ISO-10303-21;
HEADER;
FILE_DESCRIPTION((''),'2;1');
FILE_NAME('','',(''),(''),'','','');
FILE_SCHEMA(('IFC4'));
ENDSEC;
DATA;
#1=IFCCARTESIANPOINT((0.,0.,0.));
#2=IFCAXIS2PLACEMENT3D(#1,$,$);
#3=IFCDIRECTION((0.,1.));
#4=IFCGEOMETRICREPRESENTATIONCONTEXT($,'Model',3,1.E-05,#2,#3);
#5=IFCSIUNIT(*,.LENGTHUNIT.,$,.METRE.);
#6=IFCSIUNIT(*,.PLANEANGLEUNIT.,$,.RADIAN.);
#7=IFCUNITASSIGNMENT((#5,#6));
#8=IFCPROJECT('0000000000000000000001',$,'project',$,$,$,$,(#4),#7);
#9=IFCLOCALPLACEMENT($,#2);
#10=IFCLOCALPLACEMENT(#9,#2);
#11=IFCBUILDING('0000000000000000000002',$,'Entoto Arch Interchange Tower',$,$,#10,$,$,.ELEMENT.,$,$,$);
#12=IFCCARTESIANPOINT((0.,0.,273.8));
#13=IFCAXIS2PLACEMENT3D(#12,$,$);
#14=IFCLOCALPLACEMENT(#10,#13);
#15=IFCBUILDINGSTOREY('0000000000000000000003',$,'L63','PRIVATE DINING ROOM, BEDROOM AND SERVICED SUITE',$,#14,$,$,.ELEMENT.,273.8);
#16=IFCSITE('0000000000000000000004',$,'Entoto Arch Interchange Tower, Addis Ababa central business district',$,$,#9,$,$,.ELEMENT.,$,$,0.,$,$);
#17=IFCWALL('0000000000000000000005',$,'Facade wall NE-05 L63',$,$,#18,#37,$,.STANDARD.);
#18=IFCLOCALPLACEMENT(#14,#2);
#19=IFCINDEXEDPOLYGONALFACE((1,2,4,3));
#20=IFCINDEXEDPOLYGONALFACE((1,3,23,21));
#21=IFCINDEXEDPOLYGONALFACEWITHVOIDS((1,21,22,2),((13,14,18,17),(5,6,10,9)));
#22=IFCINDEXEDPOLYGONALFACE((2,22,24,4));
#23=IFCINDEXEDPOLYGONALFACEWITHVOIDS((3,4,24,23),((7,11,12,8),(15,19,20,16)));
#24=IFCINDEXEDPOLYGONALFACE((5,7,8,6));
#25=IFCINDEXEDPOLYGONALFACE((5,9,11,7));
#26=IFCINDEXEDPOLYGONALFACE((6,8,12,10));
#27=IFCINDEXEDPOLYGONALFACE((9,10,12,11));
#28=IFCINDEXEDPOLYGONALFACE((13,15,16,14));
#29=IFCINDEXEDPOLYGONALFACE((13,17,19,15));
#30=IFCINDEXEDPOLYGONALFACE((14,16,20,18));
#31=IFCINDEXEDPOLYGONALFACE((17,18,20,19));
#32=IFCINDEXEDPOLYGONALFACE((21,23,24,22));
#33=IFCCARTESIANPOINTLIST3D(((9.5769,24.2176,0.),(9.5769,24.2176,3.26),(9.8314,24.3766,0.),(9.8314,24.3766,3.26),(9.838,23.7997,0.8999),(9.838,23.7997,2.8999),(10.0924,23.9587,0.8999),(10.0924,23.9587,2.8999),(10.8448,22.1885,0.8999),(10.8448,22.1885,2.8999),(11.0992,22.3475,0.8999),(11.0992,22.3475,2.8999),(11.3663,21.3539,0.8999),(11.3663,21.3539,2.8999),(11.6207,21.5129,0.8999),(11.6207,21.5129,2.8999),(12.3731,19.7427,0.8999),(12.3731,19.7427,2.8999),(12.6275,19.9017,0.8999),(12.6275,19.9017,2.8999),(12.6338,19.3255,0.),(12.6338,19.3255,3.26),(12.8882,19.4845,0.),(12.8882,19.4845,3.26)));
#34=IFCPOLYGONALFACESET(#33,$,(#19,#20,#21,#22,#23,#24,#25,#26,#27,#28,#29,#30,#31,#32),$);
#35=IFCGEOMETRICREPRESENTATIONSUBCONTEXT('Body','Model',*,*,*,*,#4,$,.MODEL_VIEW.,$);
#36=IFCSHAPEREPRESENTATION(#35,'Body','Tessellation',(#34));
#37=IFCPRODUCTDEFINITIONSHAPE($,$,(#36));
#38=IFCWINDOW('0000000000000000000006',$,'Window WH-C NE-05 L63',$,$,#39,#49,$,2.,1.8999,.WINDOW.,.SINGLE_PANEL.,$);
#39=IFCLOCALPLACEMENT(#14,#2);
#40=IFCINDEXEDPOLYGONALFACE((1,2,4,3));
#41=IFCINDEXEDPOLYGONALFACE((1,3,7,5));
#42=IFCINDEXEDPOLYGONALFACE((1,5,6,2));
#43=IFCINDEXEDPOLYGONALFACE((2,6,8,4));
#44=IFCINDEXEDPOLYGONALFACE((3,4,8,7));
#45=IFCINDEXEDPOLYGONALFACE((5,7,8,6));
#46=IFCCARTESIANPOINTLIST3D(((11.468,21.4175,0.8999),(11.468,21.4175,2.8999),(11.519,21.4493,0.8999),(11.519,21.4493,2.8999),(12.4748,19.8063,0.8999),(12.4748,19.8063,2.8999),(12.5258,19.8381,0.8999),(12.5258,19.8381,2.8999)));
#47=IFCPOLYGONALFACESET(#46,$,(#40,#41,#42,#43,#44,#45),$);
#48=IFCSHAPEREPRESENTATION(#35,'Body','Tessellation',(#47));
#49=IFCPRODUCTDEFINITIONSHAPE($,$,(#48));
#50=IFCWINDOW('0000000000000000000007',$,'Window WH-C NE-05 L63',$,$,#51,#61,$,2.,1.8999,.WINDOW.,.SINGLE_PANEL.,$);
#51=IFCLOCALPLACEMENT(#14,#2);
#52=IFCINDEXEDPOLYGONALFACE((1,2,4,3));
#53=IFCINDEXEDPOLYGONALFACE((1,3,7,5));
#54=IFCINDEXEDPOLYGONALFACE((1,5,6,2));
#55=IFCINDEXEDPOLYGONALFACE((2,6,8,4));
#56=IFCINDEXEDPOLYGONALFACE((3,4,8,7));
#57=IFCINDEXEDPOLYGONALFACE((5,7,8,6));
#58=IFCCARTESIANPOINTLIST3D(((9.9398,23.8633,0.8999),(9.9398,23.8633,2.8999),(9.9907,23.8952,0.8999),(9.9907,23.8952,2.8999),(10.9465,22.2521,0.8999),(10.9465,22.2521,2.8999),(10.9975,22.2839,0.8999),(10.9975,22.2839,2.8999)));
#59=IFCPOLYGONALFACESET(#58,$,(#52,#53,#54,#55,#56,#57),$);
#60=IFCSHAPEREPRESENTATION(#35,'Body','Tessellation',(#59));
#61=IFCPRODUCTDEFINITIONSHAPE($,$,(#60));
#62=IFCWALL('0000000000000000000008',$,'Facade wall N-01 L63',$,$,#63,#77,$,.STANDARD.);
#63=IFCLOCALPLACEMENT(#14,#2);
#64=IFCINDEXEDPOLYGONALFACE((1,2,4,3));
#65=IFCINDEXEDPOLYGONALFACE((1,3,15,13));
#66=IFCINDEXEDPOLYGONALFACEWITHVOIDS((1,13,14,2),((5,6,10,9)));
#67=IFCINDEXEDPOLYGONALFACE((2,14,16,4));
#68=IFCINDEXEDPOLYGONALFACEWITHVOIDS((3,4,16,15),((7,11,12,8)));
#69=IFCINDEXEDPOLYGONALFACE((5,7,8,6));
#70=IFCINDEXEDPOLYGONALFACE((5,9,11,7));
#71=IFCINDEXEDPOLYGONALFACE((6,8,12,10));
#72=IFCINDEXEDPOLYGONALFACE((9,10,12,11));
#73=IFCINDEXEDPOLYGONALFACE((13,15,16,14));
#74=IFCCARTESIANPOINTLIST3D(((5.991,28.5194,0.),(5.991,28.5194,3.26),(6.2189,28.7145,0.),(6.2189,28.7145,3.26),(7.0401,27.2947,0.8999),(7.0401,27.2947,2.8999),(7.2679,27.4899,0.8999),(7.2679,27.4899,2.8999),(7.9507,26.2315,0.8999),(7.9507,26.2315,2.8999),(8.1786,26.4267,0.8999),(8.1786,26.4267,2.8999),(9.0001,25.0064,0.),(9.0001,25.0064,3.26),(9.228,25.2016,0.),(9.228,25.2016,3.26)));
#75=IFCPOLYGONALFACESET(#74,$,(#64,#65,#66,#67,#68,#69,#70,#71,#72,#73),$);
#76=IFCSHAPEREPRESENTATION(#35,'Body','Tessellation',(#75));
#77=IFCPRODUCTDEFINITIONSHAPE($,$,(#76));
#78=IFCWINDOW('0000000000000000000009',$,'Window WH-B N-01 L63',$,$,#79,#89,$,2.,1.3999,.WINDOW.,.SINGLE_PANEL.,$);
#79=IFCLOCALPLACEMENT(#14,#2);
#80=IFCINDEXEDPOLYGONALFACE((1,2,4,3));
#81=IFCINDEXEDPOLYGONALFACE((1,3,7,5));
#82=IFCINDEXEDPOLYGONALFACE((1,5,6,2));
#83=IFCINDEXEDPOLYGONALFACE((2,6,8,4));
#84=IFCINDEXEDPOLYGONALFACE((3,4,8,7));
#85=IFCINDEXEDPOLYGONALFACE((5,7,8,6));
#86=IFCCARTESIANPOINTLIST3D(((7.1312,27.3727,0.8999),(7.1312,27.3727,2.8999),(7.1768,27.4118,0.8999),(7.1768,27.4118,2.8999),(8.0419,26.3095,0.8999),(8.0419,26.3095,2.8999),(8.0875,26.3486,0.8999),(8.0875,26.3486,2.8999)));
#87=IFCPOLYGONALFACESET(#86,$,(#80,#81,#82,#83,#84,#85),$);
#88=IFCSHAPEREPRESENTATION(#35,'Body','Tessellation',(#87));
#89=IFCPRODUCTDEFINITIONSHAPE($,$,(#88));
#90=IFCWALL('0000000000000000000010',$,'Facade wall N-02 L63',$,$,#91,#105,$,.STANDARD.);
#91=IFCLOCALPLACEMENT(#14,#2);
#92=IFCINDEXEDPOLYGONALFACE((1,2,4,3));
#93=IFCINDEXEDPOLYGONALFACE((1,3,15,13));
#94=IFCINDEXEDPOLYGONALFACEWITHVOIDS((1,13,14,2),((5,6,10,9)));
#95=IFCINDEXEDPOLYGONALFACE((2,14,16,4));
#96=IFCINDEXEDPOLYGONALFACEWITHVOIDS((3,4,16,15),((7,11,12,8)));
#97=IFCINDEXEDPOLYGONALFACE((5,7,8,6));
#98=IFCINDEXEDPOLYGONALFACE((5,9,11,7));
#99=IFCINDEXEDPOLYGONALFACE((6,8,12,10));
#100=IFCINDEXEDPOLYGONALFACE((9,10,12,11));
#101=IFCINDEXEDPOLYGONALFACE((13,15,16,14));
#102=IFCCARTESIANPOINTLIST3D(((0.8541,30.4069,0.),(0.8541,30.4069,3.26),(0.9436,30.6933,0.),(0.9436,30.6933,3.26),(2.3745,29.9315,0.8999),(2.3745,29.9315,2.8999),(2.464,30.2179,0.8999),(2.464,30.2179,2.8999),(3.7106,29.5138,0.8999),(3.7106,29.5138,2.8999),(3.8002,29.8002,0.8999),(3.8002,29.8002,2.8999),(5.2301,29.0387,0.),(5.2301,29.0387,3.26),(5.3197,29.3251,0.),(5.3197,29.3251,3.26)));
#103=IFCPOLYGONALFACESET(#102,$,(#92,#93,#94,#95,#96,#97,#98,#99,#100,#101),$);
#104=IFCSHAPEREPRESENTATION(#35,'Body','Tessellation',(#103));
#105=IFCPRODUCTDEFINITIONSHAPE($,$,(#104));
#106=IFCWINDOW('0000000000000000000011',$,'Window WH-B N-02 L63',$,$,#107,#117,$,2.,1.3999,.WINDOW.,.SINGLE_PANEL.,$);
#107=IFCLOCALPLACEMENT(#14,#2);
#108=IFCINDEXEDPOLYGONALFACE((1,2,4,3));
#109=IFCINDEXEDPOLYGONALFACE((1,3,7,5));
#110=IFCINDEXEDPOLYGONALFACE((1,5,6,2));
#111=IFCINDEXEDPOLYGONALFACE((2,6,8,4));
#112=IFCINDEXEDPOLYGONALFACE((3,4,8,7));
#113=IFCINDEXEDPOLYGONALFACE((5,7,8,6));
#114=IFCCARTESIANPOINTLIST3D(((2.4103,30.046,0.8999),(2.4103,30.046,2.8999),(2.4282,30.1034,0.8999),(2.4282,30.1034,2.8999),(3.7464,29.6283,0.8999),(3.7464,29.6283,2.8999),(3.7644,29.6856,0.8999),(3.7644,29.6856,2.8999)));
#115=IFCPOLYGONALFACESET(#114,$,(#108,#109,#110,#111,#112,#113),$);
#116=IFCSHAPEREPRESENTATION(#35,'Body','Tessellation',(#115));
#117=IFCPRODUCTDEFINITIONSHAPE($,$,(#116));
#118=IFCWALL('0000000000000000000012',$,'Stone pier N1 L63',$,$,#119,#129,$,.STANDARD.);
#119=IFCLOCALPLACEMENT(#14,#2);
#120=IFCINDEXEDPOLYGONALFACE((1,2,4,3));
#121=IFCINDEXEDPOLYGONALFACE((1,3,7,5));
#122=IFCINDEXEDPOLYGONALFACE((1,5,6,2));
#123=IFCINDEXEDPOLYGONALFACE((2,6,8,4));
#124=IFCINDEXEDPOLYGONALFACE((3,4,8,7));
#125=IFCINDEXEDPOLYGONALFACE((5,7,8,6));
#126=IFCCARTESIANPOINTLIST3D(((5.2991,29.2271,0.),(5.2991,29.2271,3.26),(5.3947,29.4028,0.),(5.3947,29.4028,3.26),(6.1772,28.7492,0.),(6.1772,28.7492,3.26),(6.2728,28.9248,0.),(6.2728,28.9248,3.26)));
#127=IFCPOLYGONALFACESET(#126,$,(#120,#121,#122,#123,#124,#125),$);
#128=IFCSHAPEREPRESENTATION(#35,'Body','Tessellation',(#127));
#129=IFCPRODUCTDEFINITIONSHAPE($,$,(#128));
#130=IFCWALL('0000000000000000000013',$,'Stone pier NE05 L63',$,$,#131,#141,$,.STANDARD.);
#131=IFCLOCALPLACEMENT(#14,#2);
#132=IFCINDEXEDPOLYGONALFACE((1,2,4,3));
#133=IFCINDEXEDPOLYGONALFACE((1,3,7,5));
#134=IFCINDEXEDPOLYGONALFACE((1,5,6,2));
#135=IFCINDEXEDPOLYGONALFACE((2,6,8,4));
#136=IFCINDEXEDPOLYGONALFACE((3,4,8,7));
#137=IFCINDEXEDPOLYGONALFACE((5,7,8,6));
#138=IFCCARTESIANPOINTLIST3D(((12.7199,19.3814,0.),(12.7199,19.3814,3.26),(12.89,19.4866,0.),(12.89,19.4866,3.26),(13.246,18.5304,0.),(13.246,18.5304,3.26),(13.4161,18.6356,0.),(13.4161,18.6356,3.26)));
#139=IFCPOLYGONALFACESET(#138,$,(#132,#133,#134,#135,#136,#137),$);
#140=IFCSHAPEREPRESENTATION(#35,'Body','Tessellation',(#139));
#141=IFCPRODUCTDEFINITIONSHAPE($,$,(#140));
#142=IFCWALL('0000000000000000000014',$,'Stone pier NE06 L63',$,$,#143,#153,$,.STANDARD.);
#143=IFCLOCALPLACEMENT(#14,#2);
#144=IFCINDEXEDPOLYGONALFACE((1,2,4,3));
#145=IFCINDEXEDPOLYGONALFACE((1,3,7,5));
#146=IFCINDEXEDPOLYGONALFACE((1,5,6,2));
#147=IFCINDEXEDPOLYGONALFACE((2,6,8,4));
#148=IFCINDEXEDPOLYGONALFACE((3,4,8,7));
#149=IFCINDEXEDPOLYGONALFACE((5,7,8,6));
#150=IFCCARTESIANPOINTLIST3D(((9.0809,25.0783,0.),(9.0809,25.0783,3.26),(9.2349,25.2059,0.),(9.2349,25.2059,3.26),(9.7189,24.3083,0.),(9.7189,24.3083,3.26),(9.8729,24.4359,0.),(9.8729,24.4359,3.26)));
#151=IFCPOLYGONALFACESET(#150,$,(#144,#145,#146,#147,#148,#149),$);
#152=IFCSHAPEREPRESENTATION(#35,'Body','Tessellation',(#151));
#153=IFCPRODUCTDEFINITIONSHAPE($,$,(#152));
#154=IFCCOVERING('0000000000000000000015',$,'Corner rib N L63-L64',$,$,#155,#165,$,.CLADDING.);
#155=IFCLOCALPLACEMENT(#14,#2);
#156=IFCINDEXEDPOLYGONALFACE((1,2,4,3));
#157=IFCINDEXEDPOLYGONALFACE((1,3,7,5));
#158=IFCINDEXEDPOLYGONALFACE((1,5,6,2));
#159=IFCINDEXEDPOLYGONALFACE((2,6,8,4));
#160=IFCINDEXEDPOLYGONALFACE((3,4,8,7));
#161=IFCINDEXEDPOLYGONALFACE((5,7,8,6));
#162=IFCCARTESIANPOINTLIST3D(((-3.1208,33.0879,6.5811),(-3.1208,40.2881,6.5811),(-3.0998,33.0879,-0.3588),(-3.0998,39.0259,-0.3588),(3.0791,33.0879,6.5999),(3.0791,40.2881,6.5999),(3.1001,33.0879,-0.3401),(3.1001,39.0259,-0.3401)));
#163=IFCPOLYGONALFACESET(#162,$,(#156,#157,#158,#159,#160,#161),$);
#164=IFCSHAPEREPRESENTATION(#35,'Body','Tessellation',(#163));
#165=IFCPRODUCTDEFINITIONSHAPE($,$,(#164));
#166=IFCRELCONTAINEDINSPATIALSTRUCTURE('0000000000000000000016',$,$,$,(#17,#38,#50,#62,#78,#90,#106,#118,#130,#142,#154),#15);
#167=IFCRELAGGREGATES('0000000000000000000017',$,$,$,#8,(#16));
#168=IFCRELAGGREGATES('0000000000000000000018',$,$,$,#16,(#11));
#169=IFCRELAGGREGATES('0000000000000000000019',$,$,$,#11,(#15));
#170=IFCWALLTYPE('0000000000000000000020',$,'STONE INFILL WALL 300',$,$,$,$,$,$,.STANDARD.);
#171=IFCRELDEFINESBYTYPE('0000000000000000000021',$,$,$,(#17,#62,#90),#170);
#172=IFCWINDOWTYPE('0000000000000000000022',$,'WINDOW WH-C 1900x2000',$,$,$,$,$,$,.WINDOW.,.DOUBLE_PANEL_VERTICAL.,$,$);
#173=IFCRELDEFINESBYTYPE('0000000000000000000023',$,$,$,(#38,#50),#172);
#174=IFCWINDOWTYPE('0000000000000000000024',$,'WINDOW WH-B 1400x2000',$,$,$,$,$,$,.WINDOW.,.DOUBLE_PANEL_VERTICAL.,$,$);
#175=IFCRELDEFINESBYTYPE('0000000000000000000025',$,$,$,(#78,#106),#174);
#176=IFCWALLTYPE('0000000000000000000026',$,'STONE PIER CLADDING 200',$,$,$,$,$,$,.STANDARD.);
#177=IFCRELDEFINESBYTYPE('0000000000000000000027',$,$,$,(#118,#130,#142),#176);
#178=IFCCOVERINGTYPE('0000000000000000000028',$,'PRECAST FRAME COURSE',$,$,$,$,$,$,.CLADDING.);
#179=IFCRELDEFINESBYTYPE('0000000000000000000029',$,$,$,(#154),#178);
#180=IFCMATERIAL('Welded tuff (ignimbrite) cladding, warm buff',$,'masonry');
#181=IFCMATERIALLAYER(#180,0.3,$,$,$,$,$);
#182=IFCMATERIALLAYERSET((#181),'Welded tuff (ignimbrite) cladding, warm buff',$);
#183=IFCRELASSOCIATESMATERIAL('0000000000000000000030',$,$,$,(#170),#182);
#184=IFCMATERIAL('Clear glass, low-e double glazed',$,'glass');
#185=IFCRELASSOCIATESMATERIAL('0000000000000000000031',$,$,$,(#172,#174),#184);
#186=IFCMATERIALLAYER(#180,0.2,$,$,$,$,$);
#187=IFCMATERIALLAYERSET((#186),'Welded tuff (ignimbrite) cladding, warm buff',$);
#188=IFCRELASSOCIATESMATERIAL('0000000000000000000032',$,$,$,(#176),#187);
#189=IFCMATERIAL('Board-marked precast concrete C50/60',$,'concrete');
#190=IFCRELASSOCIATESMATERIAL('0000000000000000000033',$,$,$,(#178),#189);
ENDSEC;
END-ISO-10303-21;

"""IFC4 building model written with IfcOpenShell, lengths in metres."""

from ifc_helpers import new_model, si_unit, direction, frame, frame_2d, origin, place, context, subcontext, project, spatial, polyline, rectangle, outline, extrude, material, layer, layer_set, type_object, element, fill, save


model = new_model("IFC4")

# Units and contexts
model_context = context("Model", 3, precision=1e-05, world=origin(), true_north=direction((0.0, 1.0)))
body_context = subcontext(model_context, "Body", "Model", "MODEL_VIEW")
ifc_project = project(units=[si_unit("LENGTHUNIT", "METRE"), si_unit("PLANEANGLEUNIT", "RADIAN")], contexts=[model_context])

# Site, building, storey
site_placement = place(None, origin())
site = spatial("IfcSite", under=ifc_project, at=site_placement, Name="Entoto Arch Interchange Tower, Addis Ababa central business district", CompositionType="ELEMENT", RefElevation=0.0)
building_placement = place(site_placement, origin())
building = spatial("IfcBuilding", under=site, at=building_placement, Name="Entoto Arch Interchange Tower", CompositionType="ELEMENT")
storey_placement = place(building_placement, frame((0.0, 0.0, 273.8)))
storey = spatial("IfcBuildingStorey", under=building, at=storey_placement, Name="L63", Description="PRIVATE DINING ROOM, BEDROOM AND SERVICED SUITE", CompositionType="ELEMENT", Elevation=273.8)

# Shared definitions
ifc_material_1 = material(Name="Board-marked precast concrete C50/60", Category="concrete")

# Wall, openings, windows
ifc_material_2 = material(Name="Welded tuff (ignimbrite) cladding, warm buff", Category="masonry")
ifc_layer_1 = layer(ifc_material_2, 0.3)
ifc_layer_set_1 = layer_set([ifc_layer_1], Name="Welded tuff (ignimbrite) cladding, warm buff")
wall_type_1 = type_object("IfcWallType", Name="STONE INFILL WALL 300", PredefinedType="STANDARD", material=ifc_layer_set_1)
wall_1_placement = place(storey_placement, frame((12.761, 19.405, 0.0), z_axis=(0.0, 0.0, 1.0), x_axis=(-0.529915, 0.848051, 0.0)))
wall_1 = element("IfcWall", 1, at=wall_1_placement, inside=storey, type_object=wall_type_1, Name="Facade wall NE-05 L63", PredefinedType="STANDARD", context=body_context, shape_type="SweptSolid", body=[
    extrude(rectangle(XDim=5.7686, YDim=0.3, at=frame_2d((2.8843, 0.0))), origin(), (0.0, 0.0, 1.0), 3.26),
])
opening_1_placement = place(wall_1_placement, frame((0.4919, 0.0, 0.8999)))
opening_1 = element("IfcOpeningElement", 2, at=opening_1_placement, cuts=wall_1, PredefinedType="OPENING", context=body_context, shape_type="SweptSolid", body=[
    extrude(rectangle(XDim=1.8999, YDim=2.0, at=frame_2d((0.95, 1.0))), frame((0.0, 0.1602, 0.0), z_axis=(0.0, -1.0, 0.0), x_axis=(1.0, 0.0, 0.0)), (0.0, 0.0, 1.0), 0.3201),
])
opening_2_placement = place(wall_1_placement, frame((3.376, 0.0, 0.8999)))
opening_2 = element("IfcOpeningElement", 3, at=opening_2_placement, cuts=wall_1, PredefinedType="OPENING", context=body_context, shape_type="SweptSolid", body=[
    extrude(rectangle(XDim=1.8999, YDim=2.0, at=frame_2d((0.95, 1.0))), frame((0.0, 0.1602, 0.0), z_axis=(0.0, -1.0, 0.0), x_axis=(1.0, 0.0, 0.0)), (0.0, 0.0, 1.0), 0.3201),
])
ifc_material_3 = material(Name="Clear glass, low-e double glazed", Category="glass")
window_type_1 = type_object("IfcWindowType", Name="WINDOW WH-C 1900x2000", PartitioningType="DOUBLE_PANEL_VERTICAL", PredefinedType="WINDOW", material=ifc_material_3)
window_1_placement = place(opening_1_placement, origin())
window_1 = element("IfcWindow", 4, at=window_1_placement, inside=storey, type_object=window_type_1, Name="Window WH-C NE-05 L63", OverallHeight=2.0, OverallWidth=1.8999, PartitioningType="SINGLE_PANEL", PredefinedType="WINDOW", context=body_context, shape_type="SweptSolid", body=[
    extrude(rectangle(XDim=1.8999, YDim=2.0, at=frame_2d((0.95, 1.0))), frame((0.0, 0.03, 0.0), z_axis=(0.0, -1.0, 0.0), x_axis=(1.0, 0.0, 0.0)), (0.0, 0.0, 1.0), 0.0601),
])
fill(opening_1, window_1)
window_2_placement = place(opening_2_placement, origin())
window_2 = element("IfcWindow", 5, at=window_2_placement, inside=storey, type_object=window_type_1, Name="Window WH-C NE-05 L63", OverallHeight=2.0, OverallWidth=1.8999, PartitioningType="SINGLE_PANEL", PredefinedType="WINDOW", context=body_context, shape_type="SweptSolid", body=[
    extrude(rectangle(XDim=1.8999, YDim=2.0, at=frame_2d((0.95, 1.0))), frame((0.0, 0.03, 0.0), z_axis=(0.0, -1.0, 0.0), x_axis=(1.0, 0.0, 0.0)), (0.0, 0.0, 1.0), 0.0601),
])
fill(opening_2, window_2)

# Walls, openings, windows
wall_2_placement = place(storey_placement, frame((9.114, 25.104, 0.0), z_axis=(0.0, 0.0, 1.0), x_axis=(-0.650535, 0.759476, 0.0)))
wall_2 = element("IfcWall", 6, at=wall_2_placement, inside=storey, type_object=wall_type_1, Name="Facade wall N-01 L63", PredefinedType="STANDARD", context=body_context, shape_type="SweptSolid", body=[
    extrude(rectangle(XDim=4.6255, YDim=0.3, at=frame_2d((2.3127, 0.0))), origin(), (0.0, 0.0, 1.0), 3.26),
])
opening_3_placement = place(wall_2_placement, frame((1.613, 0.0, 0.8999)))
opening_3 = element("IfcOpeningElement", 7, at=opening_3_placement, cuts=wall_2, PredefinedType="OPENING", context=body_context, shape_type="SweptSolid", body=[
    extrude(rectangle(XDim=1.3999, YDim=2.0, at=frame_2d((0.7, 1.0))), frame((0.0, 0.1602, 0.0), z_axis=(0.0, -1.0, 0.0), x_axis=(1.0, 0.0, 0.0)), (0.0, 0.0, 1.0), 0.3201),
])
window_type_2 = type_object("IfcWindowType", Name="WINDOW WH-B 1400x2000", PartitioningType="DOUBLE_PANEL_VERTICAL", PredefinedType="WINDOW", material=ifc_material_3)
window_3_placement = place(opening_3_placement, origin())
window_3 = element("IfcWindow", 8, at=window_3_placement, inside=storey, type_object=window_type_2, Name="Window WH-B N-01 L63", OverallHeight=2.0, OverallWidth=1.3999, PartitioningType="SINGLE_PANEL", PredefinedType="WINDOW", context=body_context, shape_type="SweptSolid", body=[
    extrude(rectangle(XDim=1.3999, YDim=2.0, at=frame_2d((0.7, 1.0))), frame((0.0, 0.03, 0.0), z_axis=(0.0, -1.0, 0.0), x_axis=(1.0, 0.0, 0.0)), (0.0, 0.0, 1.0), 0.0601),
])
fill(opening_3, window_3)
wall_3_placement = place(storey_placement, frame((5.2749, 29.1819, 0.0), z_axis=(0.0, 0.0, 1.0), x_axis=(-0.954438, 0.298408, 0.0)))
wall_3 = element("IfcWall", 9, at=wall_3_placement, inside=storey, type_object=wall_type_1, Name="Facade wall N-02 L63", PredefinedType="STANDARD", context=body_context, shape_type="SweptSolid", body=[
    extrude(rectangle(XDim=4.585, YDim=0.3, at=frame_2d((2.2925, 0.0))), origin(), (0.0, 0.0, 1.0), 3.26),
])
opening_4_placement = place(wall_3_placement, frame((1.592, 0.0, 0.8999)))
opening_4 = element("IfcOpeningElement", 10, at=opening_4_placement, cuts=wall_3, PredefinedType="OPENING", context=body_context, shape_type="SweptSolid", body=[
    extrude(rectangle(XDim=1.3999, YDim=2.0, at=frame_2d((0.7, 1.0))), frame((0.0, 0.1602, 0.0), z_axis=(0.0, -1.0, 0.0), x_axis=(1.0, 0.0, 0.0)), (0.0, 0.0, 1.0), 0.3201),
])
window_4_placement = place(opening_4_placement, origin())
window_4 = element("IfcWindow", 11, at=window_4_placement, inside=storey, type_object=window_type_2, Name="Window WH-B N-02 L63", OverallHeight=2.0, OverallWidth=1.3999, PartitioningType="SINGLE_PANEL", PredefinedType="WINDOW", context=body_context, shape_type="SweptSolid", body=[
    extrude(rectangle(XDim=1.3999, YDim=2.0, at=frame_2d((0.7, 1.0))), frame((0.0, 0.03, 0.0), z_axis=(0.0, -1.0, 0.0), x_axis=(1.0, 0.0, 0.0)), (0.0, 0.0, 1.0), 0.0601),
])
fill(opening_4, window_4)

# Walls
ifc_layer_2 = layer(ifc_material_2, 0.2)
ifc_layer_set_2 = layer_set([ifc_layer_2], Name="Welded tuff (ignimbrite) cladding, warm buff")
wall_type_2 = type_object("IfcWallType", Name="STONE PIER CLADDING 200", PredefinedType="STANDARD", material=ifc_layer_set_2)
wall_4_placement = place(storey_placement, frame((6.2251, 28.8369, 0.0), z_axis=(0.0, 0.0, 1.0), x_axis=(-0.878306, 0.478099, 0.0)))
element("IfcWall", 12, at=wall_4_placement, inside=storey, type_object=wall_type_2, Name="Stone pier N1 L63", PredefinedType="STANDARD", context=body_context, shape_type="SweptSolid", body=[
    extrude(rectangle(XDim=0.9998, YDim=0.2, at=frame_2d((0.5, 0.0))), origin(), (0.0, 0.0, 1.0), 3.26),
])
wall_5_placement = place(storey_placement, frame((13.3311, 18.583, 0.0), z_axis=(0.0, 0.0, 1.0), x_axis=(-0.525825, 0.850593, 0.0)))
element("IfcWall", 13, at=wall_5_placement, inside=storey, type_object=wall_type_2, Name="Stone pier NE05 L63", PredefinedType="STANDARD", context=body_context, shape_type="SweptSolid", body=[
    extrude(rectangle(XDim=1.0005, YDim=0.2, at=frame_2d((0.5002, 0.0))), origin(), (0.0, 0.0, 1.0), 3.26),
])
wall_6_placement = place(storey_placement, frame((9.7959, 24.3721, 0.0), z_axis=(0.0, 0.0, 1.0), x_axis=(-0.637972, 0.770059, 0.0)))
element("IfcWall", 14, at=wall_6_placement, inside=storey, type_object=wall_type_2, Name="Stone pier NE06 L63", PredefinedType="STANDARD", context=body_context, shape_type="SweptSolid", body=[
    extrude(rectangle(XDim=1.0, YDim=0.2, at=frame_2d((0.5, 0.0))), origin(), (0.0, 0.0, 1.0), 3.26),
])

# Covering
covering_type = type_object("IfcCoveringType", Name="PRECAST FRAME COURSE", PredefinedType="CLADDING", material=ifc_material_1)
covering_1_placement = place(storey_placement, frame((3.1001, 33.0879, -0.3401), z_axis=(0.999995, 0.0, 0.003025), x_axis=(0.0, 1.0, 0.0)))
element("IfcCovering", 15, at=covering_1_placement, inside=storey, type_object=covering_type, Name="Corner rib N L63-L64", PredefinedType="CLADDING", context=body_context, shape_type="SweptSolid", body=[
    extrude(outline(polyline([(0.0, 0.0), (5.938, 0.0), (7.2002, 6.94), (0.0, 6.94), (0.0, 0.0)])), origin(), (0.0, 0.0, -1.0), 6.2),
])

save(model, "model.ifc")
